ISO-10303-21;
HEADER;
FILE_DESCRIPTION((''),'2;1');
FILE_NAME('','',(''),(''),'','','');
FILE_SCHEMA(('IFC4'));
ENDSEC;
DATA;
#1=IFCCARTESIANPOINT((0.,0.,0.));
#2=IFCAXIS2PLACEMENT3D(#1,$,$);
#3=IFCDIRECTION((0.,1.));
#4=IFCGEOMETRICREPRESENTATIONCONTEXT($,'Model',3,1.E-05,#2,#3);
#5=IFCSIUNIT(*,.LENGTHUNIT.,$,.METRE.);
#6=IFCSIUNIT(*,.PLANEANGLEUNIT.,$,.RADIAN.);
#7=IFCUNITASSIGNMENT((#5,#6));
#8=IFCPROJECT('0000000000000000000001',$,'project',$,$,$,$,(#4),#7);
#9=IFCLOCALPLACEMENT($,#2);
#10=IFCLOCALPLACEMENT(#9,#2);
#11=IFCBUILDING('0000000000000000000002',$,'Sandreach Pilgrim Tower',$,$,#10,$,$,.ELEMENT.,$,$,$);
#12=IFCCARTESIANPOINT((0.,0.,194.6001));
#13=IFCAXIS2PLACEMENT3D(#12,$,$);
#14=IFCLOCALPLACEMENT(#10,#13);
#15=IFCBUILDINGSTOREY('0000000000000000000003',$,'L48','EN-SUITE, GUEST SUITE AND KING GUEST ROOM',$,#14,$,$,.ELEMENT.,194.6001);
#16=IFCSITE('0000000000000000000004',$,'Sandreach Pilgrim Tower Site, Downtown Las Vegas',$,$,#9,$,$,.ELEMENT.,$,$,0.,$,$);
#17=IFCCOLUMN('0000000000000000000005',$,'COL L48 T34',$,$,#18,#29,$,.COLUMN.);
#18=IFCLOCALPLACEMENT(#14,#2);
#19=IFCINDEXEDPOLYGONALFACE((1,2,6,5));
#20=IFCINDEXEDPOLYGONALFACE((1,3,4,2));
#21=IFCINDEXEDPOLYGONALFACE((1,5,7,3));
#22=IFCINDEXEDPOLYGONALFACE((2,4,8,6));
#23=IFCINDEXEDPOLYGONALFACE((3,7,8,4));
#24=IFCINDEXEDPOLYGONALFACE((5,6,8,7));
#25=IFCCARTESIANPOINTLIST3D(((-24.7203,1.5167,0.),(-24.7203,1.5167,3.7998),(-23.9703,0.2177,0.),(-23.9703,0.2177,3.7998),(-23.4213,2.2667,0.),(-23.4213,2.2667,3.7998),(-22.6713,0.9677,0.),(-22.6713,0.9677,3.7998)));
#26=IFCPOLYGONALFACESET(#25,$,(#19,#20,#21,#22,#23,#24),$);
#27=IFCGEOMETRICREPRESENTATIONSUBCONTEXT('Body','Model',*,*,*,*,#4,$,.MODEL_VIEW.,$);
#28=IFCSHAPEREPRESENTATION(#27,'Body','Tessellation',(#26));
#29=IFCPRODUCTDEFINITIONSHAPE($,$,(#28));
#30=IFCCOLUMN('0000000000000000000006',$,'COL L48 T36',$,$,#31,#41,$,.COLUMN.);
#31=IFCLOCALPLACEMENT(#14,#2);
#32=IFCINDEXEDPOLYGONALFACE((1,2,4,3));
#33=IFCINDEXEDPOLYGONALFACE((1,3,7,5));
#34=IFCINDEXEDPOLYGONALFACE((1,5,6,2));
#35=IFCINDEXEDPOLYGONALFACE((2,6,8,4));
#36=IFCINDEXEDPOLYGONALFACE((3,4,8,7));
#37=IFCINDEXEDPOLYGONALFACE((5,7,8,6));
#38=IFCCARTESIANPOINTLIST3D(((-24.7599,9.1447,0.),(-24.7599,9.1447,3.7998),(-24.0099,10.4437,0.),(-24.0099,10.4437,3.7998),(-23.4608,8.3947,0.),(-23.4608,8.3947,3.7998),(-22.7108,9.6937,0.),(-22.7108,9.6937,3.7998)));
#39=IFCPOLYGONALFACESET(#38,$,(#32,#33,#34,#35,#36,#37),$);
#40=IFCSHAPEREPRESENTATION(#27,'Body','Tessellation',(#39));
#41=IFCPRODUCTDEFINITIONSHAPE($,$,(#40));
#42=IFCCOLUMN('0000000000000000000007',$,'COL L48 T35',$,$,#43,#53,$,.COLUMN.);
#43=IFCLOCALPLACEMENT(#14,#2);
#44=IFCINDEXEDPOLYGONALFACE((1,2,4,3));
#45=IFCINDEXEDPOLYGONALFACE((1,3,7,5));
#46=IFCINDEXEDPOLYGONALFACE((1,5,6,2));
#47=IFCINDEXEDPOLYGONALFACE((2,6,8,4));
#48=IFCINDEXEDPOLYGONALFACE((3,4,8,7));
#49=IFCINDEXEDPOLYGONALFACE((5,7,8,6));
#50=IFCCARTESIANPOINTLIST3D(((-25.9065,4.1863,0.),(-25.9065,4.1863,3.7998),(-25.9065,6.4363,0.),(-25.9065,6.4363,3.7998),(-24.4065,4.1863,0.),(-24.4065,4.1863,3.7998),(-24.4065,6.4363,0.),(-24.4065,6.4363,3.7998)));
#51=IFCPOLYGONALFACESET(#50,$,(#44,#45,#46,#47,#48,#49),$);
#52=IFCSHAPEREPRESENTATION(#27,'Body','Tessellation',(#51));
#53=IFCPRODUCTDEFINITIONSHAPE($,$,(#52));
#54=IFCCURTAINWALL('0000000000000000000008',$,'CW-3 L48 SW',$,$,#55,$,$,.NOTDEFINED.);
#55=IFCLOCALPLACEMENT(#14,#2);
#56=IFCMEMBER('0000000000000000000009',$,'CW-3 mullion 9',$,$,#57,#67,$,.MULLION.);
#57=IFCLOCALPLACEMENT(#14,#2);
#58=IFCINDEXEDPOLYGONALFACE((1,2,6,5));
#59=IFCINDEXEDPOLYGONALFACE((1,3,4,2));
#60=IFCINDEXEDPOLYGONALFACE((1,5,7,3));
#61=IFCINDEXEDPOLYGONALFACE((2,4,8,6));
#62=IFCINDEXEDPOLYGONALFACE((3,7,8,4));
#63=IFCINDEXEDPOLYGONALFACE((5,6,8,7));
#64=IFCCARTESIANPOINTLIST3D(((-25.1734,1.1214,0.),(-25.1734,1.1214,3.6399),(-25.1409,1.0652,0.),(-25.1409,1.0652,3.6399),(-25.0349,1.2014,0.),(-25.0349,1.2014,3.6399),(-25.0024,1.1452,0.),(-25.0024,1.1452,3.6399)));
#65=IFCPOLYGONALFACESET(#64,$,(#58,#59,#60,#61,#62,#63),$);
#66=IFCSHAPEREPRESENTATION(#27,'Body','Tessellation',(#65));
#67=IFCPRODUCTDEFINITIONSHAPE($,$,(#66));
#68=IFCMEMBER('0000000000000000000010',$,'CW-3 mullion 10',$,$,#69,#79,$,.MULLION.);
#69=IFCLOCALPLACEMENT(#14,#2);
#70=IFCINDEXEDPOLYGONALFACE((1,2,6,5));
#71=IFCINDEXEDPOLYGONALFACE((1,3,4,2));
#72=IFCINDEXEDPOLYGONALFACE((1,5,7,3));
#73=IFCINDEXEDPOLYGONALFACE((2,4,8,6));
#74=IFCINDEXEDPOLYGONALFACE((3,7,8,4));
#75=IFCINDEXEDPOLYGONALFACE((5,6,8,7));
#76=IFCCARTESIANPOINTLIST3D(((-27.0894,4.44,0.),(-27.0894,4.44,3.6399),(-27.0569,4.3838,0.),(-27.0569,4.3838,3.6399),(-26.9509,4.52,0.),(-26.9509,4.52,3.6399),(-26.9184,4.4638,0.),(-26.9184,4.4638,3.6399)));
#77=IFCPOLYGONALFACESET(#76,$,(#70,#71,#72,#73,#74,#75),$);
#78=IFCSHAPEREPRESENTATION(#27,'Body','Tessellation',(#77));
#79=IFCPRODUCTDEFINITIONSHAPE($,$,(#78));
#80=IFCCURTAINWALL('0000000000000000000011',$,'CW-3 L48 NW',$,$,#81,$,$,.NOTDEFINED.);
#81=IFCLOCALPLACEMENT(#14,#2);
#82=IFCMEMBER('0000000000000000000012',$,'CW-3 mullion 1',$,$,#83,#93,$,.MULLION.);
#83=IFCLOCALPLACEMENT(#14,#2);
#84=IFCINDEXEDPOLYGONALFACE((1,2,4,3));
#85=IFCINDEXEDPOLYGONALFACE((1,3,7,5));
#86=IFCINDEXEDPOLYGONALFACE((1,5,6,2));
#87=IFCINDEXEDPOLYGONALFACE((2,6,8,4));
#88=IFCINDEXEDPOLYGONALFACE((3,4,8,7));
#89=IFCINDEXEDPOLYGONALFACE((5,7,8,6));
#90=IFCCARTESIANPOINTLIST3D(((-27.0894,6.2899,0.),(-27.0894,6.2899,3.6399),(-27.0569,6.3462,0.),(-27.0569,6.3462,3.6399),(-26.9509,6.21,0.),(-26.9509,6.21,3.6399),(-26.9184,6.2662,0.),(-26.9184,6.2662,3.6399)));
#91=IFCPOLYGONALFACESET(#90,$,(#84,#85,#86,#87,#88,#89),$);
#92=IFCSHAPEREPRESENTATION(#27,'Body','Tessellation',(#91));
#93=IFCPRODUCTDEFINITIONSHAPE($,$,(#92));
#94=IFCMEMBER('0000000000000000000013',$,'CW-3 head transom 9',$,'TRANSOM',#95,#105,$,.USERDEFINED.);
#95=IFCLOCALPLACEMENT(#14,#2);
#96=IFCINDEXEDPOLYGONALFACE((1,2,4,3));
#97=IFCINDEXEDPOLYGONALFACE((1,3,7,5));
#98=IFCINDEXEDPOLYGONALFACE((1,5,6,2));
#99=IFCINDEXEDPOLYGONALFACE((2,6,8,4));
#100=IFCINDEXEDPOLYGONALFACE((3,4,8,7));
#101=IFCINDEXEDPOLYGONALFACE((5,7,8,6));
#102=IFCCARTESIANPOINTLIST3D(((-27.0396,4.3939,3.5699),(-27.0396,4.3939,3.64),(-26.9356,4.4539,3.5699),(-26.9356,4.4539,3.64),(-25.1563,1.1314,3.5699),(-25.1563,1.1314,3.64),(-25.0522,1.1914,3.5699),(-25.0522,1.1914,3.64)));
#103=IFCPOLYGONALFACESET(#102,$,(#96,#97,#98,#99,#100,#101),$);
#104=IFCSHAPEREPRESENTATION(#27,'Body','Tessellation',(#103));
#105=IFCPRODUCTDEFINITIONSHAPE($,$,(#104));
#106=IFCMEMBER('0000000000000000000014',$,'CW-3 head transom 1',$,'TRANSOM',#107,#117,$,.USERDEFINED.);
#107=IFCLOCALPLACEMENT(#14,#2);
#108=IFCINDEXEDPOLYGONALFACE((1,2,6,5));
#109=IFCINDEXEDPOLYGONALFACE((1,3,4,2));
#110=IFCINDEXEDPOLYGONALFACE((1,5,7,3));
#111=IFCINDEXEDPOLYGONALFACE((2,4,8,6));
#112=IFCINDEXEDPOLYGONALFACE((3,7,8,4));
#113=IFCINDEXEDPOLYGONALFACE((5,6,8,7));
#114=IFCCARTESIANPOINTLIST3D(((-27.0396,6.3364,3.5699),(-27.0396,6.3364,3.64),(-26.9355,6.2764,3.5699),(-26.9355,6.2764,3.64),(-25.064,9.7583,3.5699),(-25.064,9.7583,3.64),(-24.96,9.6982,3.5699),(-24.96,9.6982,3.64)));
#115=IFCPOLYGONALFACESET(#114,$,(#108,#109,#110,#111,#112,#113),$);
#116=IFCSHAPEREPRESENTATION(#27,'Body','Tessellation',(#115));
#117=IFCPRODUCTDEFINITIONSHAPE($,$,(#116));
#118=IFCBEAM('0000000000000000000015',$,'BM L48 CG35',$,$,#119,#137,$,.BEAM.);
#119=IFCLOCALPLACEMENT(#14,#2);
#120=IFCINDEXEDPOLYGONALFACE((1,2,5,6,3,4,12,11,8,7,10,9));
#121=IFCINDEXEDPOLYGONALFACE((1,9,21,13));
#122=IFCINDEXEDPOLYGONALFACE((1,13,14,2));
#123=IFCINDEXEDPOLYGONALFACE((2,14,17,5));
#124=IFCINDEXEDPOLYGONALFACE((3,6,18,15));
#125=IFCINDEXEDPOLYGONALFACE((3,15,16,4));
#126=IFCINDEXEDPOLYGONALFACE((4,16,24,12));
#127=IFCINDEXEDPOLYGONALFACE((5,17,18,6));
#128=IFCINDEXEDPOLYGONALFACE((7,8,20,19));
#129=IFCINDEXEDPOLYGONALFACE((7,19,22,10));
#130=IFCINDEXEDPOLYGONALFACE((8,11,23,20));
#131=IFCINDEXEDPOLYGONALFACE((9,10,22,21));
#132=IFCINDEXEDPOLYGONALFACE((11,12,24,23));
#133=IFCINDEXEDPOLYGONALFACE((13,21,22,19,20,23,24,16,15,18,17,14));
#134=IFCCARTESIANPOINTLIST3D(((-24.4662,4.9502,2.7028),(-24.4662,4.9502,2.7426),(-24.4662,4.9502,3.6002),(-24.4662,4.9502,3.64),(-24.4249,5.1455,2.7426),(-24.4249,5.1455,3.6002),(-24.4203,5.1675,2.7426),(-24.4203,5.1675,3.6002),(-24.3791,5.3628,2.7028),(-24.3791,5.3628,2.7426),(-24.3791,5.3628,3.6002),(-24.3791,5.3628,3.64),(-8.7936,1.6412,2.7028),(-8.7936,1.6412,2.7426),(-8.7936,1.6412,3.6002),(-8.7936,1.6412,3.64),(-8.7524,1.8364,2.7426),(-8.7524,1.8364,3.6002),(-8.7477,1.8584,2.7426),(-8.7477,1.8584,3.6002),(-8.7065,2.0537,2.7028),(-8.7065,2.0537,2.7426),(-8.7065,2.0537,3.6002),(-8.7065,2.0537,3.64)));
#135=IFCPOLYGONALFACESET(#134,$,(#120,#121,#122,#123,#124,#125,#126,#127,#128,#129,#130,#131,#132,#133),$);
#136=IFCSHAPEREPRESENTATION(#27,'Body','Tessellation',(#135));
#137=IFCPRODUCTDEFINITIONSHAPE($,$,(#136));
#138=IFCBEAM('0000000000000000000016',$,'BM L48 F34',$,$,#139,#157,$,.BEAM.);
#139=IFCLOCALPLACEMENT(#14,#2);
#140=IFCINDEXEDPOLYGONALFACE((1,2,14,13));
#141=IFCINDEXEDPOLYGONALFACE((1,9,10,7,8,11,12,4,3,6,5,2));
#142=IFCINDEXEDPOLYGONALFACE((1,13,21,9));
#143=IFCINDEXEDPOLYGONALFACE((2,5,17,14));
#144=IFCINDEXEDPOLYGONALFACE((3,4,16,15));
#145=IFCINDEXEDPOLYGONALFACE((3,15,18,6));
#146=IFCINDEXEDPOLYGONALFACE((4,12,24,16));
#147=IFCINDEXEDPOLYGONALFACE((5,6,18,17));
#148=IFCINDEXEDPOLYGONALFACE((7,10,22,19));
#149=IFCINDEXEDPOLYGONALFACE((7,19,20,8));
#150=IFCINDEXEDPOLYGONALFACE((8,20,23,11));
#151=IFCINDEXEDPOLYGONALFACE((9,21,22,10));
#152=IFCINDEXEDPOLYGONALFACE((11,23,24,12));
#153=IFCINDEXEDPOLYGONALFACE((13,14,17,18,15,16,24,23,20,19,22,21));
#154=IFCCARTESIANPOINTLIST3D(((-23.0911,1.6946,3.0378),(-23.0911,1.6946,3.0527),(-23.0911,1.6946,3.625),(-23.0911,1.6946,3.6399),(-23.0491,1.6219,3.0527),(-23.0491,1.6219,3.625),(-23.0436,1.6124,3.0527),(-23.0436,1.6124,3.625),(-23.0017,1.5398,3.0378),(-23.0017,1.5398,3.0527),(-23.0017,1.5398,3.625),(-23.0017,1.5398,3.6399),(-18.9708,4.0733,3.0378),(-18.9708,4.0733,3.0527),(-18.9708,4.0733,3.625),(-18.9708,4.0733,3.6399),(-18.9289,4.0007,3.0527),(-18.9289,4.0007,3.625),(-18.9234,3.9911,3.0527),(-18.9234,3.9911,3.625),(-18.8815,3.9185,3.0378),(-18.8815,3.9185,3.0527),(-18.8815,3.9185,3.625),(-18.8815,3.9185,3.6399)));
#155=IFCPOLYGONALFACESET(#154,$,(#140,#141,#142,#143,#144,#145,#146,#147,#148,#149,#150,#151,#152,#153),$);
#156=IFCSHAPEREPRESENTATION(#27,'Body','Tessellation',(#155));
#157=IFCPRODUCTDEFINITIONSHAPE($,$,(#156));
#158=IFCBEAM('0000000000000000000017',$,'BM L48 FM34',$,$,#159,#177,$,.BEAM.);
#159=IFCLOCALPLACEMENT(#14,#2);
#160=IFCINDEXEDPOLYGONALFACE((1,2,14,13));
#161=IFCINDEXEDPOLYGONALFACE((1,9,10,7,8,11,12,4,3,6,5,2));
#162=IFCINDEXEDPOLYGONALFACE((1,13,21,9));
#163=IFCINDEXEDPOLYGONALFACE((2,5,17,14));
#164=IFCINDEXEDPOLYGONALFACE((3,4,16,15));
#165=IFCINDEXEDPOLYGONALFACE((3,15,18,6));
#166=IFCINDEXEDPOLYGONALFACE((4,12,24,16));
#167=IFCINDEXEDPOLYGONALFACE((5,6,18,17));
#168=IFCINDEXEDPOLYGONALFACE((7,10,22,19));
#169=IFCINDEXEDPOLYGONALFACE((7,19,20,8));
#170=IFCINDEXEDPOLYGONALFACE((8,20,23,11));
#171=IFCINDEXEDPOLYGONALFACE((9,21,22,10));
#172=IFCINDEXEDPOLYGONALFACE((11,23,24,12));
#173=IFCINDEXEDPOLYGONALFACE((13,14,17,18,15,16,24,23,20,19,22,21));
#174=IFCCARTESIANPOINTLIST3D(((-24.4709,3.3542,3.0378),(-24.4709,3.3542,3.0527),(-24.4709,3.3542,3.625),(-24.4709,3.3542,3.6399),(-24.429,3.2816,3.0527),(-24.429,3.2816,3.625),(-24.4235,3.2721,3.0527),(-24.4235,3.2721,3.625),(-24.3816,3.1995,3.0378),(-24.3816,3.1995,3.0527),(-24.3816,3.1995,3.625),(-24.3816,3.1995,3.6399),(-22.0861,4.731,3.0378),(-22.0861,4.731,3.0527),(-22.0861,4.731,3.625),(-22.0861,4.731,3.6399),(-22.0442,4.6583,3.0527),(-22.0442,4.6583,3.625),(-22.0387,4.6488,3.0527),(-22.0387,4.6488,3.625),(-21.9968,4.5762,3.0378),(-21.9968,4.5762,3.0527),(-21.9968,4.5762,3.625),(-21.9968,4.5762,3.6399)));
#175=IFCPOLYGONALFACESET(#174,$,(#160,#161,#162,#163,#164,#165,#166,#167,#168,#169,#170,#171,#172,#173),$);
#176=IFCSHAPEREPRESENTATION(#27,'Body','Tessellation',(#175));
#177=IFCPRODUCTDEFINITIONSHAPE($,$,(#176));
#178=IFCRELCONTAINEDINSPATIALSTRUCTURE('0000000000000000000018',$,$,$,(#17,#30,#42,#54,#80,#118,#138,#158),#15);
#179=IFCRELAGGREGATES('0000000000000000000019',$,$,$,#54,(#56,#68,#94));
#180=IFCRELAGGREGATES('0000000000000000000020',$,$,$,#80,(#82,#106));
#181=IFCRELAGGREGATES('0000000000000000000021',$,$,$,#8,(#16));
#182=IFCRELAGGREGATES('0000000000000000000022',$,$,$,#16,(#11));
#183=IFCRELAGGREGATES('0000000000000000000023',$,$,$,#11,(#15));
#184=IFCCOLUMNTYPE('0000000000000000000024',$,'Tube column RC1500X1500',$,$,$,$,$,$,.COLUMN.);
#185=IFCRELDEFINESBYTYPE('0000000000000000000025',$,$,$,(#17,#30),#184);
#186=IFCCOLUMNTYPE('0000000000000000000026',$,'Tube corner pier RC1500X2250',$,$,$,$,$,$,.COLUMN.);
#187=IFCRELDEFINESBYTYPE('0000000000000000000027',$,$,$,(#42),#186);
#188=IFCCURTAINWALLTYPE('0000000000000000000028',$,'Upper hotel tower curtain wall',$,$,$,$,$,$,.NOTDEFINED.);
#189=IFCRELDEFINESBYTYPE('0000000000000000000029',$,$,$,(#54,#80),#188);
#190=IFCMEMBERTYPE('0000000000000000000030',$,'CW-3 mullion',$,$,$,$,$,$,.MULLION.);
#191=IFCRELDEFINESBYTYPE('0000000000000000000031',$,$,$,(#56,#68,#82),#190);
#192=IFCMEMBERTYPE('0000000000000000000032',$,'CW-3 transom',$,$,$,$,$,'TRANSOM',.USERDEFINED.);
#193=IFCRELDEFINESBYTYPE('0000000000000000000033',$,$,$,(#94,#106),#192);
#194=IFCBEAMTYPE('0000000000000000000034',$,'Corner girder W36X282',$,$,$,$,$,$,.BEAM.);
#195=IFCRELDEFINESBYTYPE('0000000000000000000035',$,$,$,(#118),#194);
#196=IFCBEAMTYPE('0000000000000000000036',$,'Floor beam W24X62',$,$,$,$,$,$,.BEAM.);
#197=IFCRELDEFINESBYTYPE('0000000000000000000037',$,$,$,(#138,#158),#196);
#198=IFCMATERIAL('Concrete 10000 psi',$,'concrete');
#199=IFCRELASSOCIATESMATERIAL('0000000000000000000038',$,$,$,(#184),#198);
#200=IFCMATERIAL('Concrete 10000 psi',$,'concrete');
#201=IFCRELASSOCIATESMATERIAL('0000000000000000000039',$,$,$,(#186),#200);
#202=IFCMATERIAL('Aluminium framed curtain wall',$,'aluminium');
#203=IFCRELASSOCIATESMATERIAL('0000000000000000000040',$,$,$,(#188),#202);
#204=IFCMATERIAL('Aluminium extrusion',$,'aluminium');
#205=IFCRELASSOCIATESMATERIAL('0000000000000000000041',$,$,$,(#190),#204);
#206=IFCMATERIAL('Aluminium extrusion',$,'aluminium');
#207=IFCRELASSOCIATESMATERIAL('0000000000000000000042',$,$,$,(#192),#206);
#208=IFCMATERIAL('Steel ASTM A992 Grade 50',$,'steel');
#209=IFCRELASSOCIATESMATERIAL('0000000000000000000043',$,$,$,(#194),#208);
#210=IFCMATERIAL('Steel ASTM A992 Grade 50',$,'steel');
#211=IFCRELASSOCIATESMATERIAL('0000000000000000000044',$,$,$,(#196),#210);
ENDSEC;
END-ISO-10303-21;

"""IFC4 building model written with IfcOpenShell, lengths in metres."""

from ifc_helpers import new_model, si_unit, direction, frame, origin, origin_2d, place, context, subcontext, project, spatial, rectangle, i_section, extrude, material, material_profile, profile_set, type_object, element, aggregate, save


model = new_model("IFC4")

# Units and contexts
model_context = context("Model", 3, precision=1e-05, world=origin(), true_north=direction((0.0, 1.0)))
body_context = subcontext(model_context, "Body", "Model", "MODEL_VIEW")
ifc_project = project(units=[si_unit("LENGTHUNIT", "METRE"), si_unit("PLANEANGLEUNIT", "RADIAN")], contexts=[model_context])

# Site, building, storey
site_placement = place(None, origin())
site = spatial("IfcSite", under=ifc_project, at=site_placement, Name="Sandreach Pilgrim Tower Site, Downtown Las Vegas", CompositionType="ELEMENT", RefElevation=0.0)
building_placement = place(site_placement, origin())
building = spatial("IfcBuilding", under=site, at=building_placement, Name="Sandreach Pilgrim Tower", CompositionType="ELEMENT")
storey_placement = place(building_placement, frame((0.0, 0.0, 194.6001)))
storey = spatial("IfcBuildingStorey", under=building, at=storey_placement, Name="L48", Description="EN-SUITE, GUEST SUITE AND KING GUEST ROOM", CompositionType="ELEMENT", Elevation=194.6001)

# Columns
ifc_material_1 = material(Name="Concrete 10000 psi", Category="concrete")
ifc_material_profile_1 = material_profile(ifc_material_1, rectangle(XDim=1.5, YDim=1.5, at=origin_2d()), Name="RC1500X1500")
ifc_profile_set_1 = profile_set([ifc_material_profile_1], Name="Concrete 10000 psi")
column_type_1 = type_object("IfcColumnType", Name="Tube column RC1500X1500", PredefinedType="COLUMN", material=ifc_profile_set_1)
for number, where, z_axis, x_axis, name in (
    (1, (-23.6958, 1.2422, 0.0), (0.0, 0.0, 1.0), (-0.866025, -0.5, 0.0), "COL L48 T34"),
    (2, (-23.7354, 9.4192, 0.0), (0.0, 0.0, 1.0), (-0.866025, 0.5, 0.0), "COL L48 T36"),
):
    element("IfcColumn", number, at=place(storey_placement, frame(where, z_axis=z_axis, x_axis=x_axis)), inside=storey, type_object=column_type_1, Name=name, PredefinedType="COLUMN", context=body_context, shape_type="SweptSolid", body=[
        extrude(rectangle(XDim=1.5, YDim=1.5, at=origin_2d()), origin(), (0.0, 0.0, 1.0), 3.7998),
    ])
ifc_material_2 = material(Name="Concrete 10000 psi", Category="concrete")
ifc_material_profile_2 = material_profile(ifc_material_2, rectangle(XDim=1.5, YDim=2.25, at=origin_2d()), Name="RC1500X2250")
ifc_profile_set_2 = profile_set([ifc_material_profile_2], Name="Concrete 10000 psi")
column_type_2 = type_object("IfcColumnType", Name="Tube corner pier RC1500X2250", PredefinedType="COLUMN", material=ifc_profile_set_2)
column_placement = place(storey_placement, frame((-25.1565, 5.3113, 0.0), z_axis=(0.0, 0.0, 1.0), x_axis=(-1.0, 0.0, 0.0)))
element("IfcColumn", 3, at=column_placement, inside=storey, type_object=column_type_2, Name="COL L48 T35", PredefinedType="COLUMN", context=body_context, shape_type="SweptSolid", body=[
    extrude(rectangle(XDim=1.5, YDim=2.25, at=origin_2d()), origin(), (0.0, 0.0, 1.0), 3.7998),
])

# Curtain wall, members
ifc_material_3 = material(Name="Aluminium framed curtain wall", Category="aluminium")
curtain_wall_type = type_object("IfcCurtainWallType", Name="Upper hotel tower curtain wall", PredefinedType="NOTDEFINED", material=ifc_material_3)
curtain_wall_1_placement = place(storey_placement, origin())
curtain_wall_1 = element("IfcCurtainWall", 4, at=curtain_wall_1_placement, inside=storey, type_object=curtain_wall_type, Name="CW-3 L48 SW", PredefinedType="NOTDEFINED")
ifc_material_4 = material(Name="Aluminium extrusion", Category="aluminium")
ifc_material_profile_3 = material_profile(ifc_material_4, rectangle(XDim=0.0649, YDim=0.1599, at=origin_2d()), Name="CW-3M 65X160")
ifc_profile_set_3 = profile_set([ifc_material_profile_3], Name="Aluminium extrusion")
member_type_1 = type_object("IfcMemberType", Name="CW-3 mullion", PredefinedType="MULLION", material=ifc_profile_set_3)
member_1_placement = place(storey_placement, frame((-25.0879, 1.1333, 0.0), z_axis=(0.0, 0.0, 1.0), x_axis=(-0.5, 0.866025, 0.0)))
member_1 = element("IfcMember", 5, at=member_1_placement, type_object=member_type_1, Name="CW-3 mullion 9", PredefinedType="MULLION", context=body_context, shape_type="SweptSolid", body=[
    extrude(rectangle(XDim=0.0649, YDim=0.1599, at=origin_2d()), origin(), (0.0, 0.0, 1.0), 3.6399),
])
member_2_placement = place(storey_placement, frame((-27.0039, 4.4519, 0.0), z_axis=(0.0, 0.0, 1.0), x_axis=(-0.5, 0.866025, 0.0)))
member_2 = element("IfcMember", 6, at=member_2_placement, type_object=member_type_1, Name="CW-3 mullion 10", PredefinedType="MULLION", context=body_context, shape_type="SweptSolid", body=[
    extrude(rectangle(XDim=0.0649, YDim=0.1599, at=origin_2d()), origin(), (0.0, 0.0, 1.0), 3.6399),
])

# Curtain wall, member
curtain_wall_2_placement = place(storey_placement, origin())
curtain_wall_2 = element("IfcCurtainWall", 7, at=curtain_wall_2_placement, inside=storey, type_object=curtain_wall_type, Name="CW-3 L48 NW", PredefinedType="NOTDEFINED")
member_3_placement = place(storey_placement, frame((-27.0039, 6.2781, 0.0), z_axis=(0.0, 0.0, 1.0), x_axis=(0.5, 0.866025, 0.0)))
member_3 = element("IfcMember", 8, at=member_3_placement, type_object=member_type_1, Name="CW-3 mullion 1", PredefinedType="MULLION", context=body_context, shape_type="SweptSolid", body=[
    extrude(rectangle(XDim=0.0649, YDim=0.1599, at=origin_2d()), origin(), (0.0, 0.0, 1.0), 3.6399),
])

# Members
ifc_material_5 = material(Name="Aluminium extrusion", Category="aluminium")
ifc_material_profile_4 = material_profile(ifc_material_5, rectangle(XDim=0.1201, YDim=0.0701, at=origin_2d()), Name="CW-3T 120X70")
ifc_profile_set_4 = profile_set([ifc_material_profile_4], Name="Aluminium extrusion")
member_type_2 = type_object("IfcMemberType", Name="CW-3 transom", ElementType="TRANSOM", PredefinedType="USERDEFINED", material=ifc_profile_set_4)
member_4_placement = place(storey_placement, frame((-25.1042, 1.1614, 3.605), z_axis=(-0.499945, 0.866057, 0.0), x_axis=(-0.866057, -0.499945, 0.0)))
member_4 = element("IfcMember", 9, at=member_4_placement, type_object=member_type_2, Name="CW-3 head transom 9", ObjectType="TRANSOM", PredefinedType="USERDEFINED", context=body_context, shape_type="SweptSolid", body=[
    extrude(rectangle(XDim=0.1201, YDim=0.0701, at=origin_2d()), origin(), (0.0, 0.0, 1.0), 3.7671),
])
member_5_placement = place(storey_placement, frame((-26.9875, 6.3064, 3.605), z_axis=(0.499993, 0.866029, 0.0), x_axis=(-0.866029, 0.499993, 0.0)))
member_5 = element("IfcMember", 10, at=member_5_placement, type_object=member_type_2, Name="CW-3 head transom 1", ObjectType="TRANSOM", PredefinedType="USERDEFINED", context=body_context, shape_type="SweptSolid", body=[
    extrude(rectangle(XDim=0.1201, YDim=0.0701, at=origin_2d()), origin(), (0.0, 0.0, 1.0), 3.9512),
])

# Beams
ifc_material_6 = material(Name="Steel ASTM A992 Grade 50", Category="steel")
ifc_material_profile_5 = material_profile(ifc_material_6, i_section(OverallWidth=0.4216, OverallDepth=0.9373, WebThickness=0.0225, FlangeThickness=0.0398, at=origin_2d()), Name="W36X282")
ifc_profile_set_5 = profile_set([ifc_material_profile_5], Name="Steel ASTM A992 Grade 50")
beam_type_1 = type_object("IfcBeamType", Name="Corner girder W36X282", PredefinedType="BEAM", material=ifc_profile_set_5)
beam_1_placement = place(storey_placement, frame((-24.4226, 5.1565, 3.1714), z_axis=(0.978429, -0.206583, 0.0), x_axis=(0.206583, 0.978429, 0.0)))
element("IfcBeam", 11, at=beam_1_placement, inside=storey, type_object=beam_type_1, Name="BM L48 CG35", PredefinedType="BEAM", context=body_context, shape_type="SweptSolid", body=[
    extrude(i_section(OverallWidth=0.4216, OverallDepth=0.9373, WebThickness=0.0225, FlangeThickness=0.0398, at=origin_2d()), origin(), (0.0, 0.0, 1.0), 16.0181),
])
ifc_material_7 = material(Name="Steel ASTM A992 Grade 50", Category="steel")
ifc_material_profile_6 = material_profile(ifc_material_7, i_section(OverallWidth=0.1787, OverallDepth=0.6021, WebThickness=0.011, FlangeThickness=0.0149, at=origin_2d()), Name="W24X62")
ifc_profile_set_6 = profile_set([ifc_material_profile_6], Name="Steel ASTM A992 Grade 50")
beam_type_2 = type_object("IfcBeamType", Name="Floor beam W24X62", PredefinedType="BEAM", material=ifc_profile_set_6)
beam_2_placement = place(storey_placement, frame((-23.0464, 1.6172, 3.3389), z_axis=(0.866033, 0.499986, 0.0), x_axis=(-0.499986, 0.866033, 0.0)))
element("IfcBeam", 12, at=beam_2_placement, inside=storey, type_object=beam_type_2, Name="BM L48 F34", PredefinedType="BEAM", context=body_context, shape_type="SweptSolid", body=[
    extrude(i_section(OverallWidth=0.1787, OverallDepth=0.6021, WebThickness=0.011, FlangeThickness=0.0149, at=origin_2d()), origin(), (0.0, 0.0, 1.0), 4.7576),
])
beam_3_placement = place(storey_placement, frame((-24.4263, 3.2769, 3.3389), z_axis=(0.866047, 0.499963, 0.0), x_axis=(-0.499963, 0.866047, 0.0)))
element("IfcBeam", 13, at=beam_3_placement, inside=storey, type_object=beam_type_2, Name="BM L48 FM34", PredefinedType="BEAM", context=body_context, shape_type="SweptSolid", body=[
    extrude(i_section(OverallWidth=0.1787, OverallDepth=0.6021, WebThickness=0.011, FlangeThickness=0.0149, at=origin_2d()), origin(), (0.0, 0.0, 1.0), 2.7537),
])

aggregate(curtain_wall_1, [member_1, member_2, member_4])
aggregate(curtain_wall_2, [member_3, member_5])

save(model, "model.ifc")
